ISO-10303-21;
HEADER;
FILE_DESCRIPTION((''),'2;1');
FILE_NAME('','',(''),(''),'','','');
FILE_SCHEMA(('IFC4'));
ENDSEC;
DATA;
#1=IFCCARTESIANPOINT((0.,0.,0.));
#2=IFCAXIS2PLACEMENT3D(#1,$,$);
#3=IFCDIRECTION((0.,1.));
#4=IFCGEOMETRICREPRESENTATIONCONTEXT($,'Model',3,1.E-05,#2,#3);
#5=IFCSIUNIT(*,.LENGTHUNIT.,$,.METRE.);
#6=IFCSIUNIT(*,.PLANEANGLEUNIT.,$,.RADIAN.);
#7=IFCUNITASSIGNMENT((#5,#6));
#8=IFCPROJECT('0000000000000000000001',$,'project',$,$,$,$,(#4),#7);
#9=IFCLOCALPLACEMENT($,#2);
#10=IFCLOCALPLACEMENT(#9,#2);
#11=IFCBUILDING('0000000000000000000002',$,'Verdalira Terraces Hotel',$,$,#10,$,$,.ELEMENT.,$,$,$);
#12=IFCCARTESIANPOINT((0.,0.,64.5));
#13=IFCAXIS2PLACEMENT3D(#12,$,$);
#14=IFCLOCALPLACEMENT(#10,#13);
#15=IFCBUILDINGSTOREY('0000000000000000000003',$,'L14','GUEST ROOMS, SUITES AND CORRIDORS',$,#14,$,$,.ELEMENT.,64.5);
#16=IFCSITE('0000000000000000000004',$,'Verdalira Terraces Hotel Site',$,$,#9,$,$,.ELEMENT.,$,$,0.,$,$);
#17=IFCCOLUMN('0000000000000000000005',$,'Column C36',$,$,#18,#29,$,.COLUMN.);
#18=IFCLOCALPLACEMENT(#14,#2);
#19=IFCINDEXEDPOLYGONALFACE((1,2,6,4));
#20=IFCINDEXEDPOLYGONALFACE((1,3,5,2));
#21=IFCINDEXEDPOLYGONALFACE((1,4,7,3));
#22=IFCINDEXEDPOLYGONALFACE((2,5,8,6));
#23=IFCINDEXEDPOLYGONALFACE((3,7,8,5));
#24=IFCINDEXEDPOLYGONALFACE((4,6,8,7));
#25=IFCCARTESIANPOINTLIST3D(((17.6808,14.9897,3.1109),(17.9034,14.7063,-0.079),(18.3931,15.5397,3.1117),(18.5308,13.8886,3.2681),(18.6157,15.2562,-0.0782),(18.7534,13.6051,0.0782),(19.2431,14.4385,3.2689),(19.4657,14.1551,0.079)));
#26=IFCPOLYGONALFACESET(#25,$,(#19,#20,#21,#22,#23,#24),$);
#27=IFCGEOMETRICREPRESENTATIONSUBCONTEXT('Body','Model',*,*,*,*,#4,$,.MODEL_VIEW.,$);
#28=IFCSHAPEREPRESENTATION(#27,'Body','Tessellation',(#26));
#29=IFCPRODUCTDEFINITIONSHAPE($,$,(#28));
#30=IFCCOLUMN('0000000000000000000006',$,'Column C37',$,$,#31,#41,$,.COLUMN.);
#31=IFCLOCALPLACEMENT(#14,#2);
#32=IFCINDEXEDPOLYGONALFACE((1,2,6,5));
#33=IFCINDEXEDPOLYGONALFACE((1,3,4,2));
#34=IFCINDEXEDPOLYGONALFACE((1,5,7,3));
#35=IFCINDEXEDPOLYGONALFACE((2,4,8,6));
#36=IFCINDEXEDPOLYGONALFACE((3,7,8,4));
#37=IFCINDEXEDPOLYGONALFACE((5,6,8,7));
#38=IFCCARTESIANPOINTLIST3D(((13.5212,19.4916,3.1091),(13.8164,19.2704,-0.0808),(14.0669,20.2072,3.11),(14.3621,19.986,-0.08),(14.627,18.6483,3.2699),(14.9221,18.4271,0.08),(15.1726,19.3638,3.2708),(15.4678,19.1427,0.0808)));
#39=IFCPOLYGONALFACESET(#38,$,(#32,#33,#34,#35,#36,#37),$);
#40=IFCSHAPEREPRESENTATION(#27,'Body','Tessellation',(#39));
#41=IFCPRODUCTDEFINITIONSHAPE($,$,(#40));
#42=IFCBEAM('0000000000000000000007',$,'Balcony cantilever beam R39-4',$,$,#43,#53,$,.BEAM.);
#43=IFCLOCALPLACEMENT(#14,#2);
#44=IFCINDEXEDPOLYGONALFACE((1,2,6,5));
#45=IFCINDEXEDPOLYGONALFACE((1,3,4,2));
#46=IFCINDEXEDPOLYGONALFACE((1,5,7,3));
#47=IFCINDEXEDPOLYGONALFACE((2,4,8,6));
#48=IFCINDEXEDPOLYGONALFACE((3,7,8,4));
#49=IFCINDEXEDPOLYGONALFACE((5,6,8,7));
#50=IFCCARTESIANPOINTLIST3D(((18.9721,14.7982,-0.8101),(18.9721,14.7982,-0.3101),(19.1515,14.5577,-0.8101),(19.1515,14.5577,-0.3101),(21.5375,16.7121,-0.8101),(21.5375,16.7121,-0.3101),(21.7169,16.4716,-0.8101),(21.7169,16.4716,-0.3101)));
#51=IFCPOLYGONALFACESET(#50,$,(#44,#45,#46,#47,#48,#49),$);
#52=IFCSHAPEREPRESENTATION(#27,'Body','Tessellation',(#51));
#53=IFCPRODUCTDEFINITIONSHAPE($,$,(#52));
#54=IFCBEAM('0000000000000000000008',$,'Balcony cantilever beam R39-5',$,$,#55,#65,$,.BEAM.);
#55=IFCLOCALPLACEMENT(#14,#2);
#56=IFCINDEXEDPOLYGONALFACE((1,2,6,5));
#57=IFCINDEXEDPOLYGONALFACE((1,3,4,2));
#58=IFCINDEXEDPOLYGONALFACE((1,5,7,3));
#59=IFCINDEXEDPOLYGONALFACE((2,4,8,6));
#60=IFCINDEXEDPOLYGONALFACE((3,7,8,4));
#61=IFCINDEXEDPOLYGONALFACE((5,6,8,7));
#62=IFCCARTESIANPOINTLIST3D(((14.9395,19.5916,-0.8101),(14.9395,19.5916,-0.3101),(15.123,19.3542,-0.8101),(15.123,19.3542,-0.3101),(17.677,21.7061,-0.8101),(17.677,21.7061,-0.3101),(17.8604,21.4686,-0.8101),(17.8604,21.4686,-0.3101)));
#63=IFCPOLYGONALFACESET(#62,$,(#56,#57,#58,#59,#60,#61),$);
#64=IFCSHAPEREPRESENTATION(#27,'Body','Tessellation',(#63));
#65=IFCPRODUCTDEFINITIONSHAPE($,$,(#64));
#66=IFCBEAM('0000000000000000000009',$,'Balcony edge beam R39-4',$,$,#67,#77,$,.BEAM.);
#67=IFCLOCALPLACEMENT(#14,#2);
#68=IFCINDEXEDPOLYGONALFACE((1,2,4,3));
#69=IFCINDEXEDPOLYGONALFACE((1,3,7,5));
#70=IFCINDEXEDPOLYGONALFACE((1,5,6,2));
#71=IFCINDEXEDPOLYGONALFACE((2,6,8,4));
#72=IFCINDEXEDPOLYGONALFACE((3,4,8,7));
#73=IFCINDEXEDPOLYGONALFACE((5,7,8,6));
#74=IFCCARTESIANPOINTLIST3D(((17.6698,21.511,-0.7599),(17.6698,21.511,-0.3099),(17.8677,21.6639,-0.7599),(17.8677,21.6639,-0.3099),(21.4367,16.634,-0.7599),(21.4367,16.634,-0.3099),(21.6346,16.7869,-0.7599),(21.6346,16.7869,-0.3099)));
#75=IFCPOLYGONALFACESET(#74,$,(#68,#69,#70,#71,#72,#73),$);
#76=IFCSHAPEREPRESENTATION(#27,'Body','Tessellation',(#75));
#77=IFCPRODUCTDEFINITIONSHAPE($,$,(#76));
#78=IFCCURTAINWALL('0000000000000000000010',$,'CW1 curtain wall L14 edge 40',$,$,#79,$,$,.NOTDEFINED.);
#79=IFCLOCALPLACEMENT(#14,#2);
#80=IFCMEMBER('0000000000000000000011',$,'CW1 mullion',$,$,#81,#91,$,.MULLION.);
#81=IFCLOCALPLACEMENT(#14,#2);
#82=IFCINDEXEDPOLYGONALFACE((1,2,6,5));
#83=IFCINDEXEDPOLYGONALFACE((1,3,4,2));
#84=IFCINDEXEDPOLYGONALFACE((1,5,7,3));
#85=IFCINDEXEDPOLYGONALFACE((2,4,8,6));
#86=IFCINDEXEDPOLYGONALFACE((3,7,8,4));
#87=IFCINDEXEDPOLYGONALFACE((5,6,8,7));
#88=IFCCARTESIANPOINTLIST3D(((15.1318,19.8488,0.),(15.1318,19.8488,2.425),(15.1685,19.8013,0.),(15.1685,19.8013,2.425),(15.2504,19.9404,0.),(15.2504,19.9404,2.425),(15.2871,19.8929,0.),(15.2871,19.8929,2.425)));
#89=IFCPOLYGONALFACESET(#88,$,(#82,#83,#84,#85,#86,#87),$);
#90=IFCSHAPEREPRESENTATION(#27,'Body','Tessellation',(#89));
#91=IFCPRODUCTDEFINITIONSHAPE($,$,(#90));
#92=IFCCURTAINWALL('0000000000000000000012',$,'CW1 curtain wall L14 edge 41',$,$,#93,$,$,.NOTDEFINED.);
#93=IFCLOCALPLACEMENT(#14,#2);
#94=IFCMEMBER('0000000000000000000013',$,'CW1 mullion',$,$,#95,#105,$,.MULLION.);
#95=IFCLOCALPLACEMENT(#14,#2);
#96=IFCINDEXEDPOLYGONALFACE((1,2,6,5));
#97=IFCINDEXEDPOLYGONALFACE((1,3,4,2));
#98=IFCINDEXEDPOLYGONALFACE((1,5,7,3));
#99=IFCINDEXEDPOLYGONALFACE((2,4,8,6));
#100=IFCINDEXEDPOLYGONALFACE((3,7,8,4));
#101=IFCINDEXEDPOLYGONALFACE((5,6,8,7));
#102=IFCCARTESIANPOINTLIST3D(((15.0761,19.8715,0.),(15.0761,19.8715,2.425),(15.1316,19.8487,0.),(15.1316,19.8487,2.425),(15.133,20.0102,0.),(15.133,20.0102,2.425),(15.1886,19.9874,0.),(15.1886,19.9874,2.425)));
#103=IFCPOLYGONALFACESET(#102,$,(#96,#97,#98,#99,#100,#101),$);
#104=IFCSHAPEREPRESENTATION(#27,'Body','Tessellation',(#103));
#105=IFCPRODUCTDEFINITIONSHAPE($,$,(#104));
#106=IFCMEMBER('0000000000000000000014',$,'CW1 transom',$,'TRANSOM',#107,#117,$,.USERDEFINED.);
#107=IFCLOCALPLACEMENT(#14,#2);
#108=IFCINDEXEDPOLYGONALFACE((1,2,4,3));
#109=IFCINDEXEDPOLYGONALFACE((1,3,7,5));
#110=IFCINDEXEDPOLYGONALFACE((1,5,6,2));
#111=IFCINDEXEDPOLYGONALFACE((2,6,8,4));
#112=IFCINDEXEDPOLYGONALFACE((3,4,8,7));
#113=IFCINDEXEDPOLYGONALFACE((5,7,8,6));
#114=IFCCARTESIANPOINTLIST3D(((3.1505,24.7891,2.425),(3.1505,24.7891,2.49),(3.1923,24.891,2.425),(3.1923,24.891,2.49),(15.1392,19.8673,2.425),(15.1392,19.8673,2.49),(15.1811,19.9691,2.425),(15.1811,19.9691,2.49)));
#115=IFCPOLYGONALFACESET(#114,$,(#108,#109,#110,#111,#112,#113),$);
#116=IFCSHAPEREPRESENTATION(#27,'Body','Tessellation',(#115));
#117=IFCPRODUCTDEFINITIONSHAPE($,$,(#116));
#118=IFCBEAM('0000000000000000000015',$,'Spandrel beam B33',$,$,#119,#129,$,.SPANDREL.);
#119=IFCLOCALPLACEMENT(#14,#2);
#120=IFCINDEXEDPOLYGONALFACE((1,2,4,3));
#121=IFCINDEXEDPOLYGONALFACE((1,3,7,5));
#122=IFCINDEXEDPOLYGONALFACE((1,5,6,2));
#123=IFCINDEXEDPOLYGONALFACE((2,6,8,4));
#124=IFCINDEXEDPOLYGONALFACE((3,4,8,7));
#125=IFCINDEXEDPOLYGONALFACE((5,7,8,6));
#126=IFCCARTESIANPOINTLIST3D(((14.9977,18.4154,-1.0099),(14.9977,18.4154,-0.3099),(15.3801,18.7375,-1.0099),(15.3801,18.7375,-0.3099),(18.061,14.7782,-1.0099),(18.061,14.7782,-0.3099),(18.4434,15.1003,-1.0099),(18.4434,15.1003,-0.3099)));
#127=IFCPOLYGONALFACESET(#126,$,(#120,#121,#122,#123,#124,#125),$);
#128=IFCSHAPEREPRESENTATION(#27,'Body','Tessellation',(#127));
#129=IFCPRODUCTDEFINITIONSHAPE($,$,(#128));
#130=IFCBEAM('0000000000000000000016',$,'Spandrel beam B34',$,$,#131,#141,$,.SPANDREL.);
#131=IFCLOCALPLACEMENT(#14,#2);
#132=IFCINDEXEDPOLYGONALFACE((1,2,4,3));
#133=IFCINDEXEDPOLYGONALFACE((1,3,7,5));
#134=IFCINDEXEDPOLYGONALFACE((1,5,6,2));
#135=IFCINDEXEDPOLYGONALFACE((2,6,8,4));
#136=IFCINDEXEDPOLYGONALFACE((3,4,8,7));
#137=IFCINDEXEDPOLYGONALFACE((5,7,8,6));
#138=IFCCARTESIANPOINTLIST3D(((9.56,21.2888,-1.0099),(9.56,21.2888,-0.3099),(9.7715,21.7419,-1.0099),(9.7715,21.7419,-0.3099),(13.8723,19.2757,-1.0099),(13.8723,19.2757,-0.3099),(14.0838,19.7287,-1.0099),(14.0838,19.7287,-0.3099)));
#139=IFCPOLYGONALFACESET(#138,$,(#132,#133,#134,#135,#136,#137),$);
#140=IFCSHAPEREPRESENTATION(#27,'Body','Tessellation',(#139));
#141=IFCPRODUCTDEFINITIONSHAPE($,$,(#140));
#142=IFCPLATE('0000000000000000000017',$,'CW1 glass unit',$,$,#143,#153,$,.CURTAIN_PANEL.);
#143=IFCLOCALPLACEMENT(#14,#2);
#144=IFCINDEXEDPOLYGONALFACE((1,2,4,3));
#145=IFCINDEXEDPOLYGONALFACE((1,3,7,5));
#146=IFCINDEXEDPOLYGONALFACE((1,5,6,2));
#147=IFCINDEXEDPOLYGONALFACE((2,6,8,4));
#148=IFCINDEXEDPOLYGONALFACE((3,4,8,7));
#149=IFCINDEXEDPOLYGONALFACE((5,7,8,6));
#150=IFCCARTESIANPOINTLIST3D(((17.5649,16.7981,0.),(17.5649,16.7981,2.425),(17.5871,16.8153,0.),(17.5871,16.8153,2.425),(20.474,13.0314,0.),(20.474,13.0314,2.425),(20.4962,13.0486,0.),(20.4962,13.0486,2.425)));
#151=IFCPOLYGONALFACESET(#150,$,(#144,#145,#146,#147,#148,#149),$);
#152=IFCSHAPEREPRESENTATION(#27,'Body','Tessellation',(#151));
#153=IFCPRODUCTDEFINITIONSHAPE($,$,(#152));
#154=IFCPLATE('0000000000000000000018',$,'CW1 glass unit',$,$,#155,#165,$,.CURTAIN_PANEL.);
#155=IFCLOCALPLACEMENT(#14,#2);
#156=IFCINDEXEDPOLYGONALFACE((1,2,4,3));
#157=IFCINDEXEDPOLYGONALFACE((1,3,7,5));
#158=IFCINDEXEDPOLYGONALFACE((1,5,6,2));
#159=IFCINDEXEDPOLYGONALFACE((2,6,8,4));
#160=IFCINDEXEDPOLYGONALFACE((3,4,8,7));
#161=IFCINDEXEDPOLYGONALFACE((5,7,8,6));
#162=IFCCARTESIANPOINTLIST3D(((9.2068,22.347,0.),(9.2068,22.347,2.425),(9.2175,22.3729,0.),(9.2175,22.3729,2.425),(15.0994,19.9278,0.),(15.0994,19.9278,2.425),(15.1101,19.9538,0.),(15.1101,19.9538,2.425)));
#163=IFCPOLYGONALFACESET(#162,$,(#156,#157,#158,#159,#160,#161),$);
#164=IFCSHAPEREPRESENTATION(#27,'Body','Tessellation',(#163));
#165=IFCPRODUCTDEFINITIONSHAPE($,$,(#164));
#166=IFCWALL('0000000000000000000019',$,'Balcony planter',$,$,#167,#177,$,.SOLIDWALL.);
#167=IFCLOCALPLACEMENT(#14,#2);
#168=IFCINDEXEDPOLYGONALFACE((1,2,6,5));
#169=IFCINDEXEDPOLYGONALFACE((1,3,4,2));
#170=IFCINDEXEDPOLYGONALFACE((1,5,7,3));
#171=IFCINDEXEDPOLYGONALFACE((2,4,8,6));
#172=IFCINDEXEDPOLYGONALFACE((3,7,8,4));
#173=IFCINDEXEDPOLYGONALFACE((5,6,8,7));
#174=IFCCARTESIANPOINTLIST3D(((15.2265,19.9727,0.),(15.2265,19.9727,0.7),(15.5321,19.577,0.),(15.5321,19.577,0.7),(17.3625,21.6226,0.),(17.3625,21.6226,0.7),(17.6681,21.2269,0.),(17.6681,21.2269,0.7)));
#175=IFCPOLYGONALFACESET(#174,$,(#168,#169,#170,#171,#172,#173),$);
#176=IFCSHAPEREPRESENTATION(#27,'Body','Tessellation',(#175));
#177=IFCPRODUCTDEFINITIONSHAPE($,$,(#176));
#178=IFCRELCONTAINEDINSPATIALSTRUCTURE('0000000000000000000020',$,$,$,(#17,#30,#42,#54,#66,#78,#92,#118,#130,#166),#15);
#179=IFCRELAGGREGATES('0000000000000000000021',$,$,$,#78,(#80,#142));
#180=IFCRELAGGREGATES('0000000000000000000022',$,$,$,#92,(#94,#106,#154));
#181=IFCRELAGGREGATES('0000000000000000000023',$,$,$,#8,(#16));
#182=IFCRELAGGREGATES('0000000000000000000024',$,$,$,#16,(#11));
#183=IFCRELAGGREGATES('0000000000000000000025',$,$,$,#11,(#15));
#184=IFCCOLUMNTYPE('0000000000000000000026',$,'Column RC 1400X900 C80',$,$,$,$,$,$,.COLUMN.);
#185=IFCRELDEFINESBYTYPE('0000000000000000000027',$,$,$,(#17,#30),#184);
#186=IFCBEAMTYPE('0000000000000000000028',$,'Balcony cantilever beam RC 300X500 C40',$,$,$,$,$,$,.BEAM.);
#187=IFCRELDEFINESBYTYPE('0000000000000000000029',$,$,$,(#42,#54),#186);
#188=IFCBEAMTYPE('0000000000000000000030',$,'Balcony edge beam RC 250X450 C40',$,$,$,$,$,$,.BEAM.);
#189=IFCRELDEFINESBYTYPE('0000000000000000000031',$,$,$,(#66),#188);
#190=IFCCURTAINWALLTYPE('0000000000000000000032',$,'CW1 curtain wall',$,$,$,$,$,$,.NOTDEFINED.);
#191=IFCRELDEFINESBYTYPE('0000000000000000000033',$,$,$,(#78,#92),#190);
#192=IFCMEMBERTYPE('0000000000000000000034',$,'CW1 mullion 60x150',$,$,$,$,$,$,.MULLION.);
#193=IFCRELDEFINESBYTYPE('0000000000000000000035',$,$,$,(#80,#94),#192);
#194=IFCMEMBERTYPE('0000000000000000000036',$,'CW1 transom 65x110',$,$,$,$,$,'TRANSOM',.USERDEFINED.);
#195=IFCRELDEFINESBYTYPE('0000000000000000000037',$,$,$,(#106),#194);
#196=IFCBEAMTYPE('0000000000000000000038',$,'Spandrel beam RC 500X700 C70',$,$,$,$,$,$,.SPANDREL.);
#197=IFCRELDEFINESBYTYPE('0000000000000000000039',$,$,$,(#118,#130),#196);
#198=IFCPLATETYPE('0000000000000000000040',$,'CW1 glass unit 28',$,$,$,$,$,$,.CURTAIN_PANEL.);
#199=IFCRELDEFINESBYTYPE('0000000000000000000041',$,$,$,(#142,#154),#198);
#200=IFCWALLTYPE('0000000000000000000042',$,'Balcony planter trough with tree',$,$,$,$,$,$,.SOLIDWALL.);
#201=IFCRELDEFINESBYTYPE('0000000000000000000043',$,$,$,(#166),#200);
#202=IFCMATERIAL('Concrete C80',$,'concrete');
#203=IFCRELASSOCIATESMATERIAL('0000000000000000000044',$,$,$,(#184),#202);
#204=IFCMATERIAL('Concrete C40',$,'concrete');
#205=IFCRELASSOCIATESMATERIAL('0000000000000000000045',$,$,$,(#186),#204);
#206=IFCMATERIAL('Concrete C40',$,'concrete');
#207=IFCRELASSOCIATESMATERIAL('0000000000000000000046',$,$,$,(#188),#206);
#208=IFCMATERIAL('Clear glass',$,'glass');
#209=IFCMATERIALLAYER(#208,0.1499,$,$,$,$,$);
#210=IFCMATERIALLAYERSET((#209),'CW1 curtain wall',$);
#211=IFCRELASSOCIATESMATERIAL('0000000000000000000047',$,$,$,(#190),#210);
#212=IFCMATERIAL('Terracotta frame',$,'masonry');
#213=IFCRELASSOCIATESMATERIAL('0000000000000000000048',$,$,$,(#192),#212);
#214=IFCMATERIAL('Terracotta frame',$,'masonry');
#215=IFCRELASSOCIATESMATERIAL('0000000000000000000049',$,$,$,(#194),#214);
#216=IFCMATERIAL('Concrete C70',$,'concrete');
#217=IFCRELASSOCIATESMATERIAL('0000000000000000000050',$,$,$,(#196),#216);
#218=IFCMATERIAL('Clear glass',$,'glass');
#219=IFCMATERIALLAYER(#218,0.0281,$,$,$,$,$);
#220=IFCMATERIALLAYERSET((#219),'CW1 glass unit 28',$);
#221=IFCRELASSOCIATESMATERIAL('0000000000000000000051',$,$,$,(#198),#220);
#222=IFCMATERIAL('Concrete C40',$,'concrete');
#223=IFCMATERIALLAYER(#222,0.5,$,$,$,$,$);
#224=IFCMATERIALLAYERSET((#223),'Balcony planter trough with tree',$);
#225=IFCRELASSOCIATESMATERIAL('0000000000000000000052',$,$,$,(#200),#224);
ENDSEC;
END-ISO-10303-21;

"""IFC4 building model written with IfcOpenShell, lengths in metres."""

from ifc_helpers import new_model, si_unit, direction, frame, frame_2d, origin, origin_2d, place, context, subcontext, project, spatial, rectangle, extrude, material, layer, layer_set, material_profile, profile_set, type_object, element, aggregate, save


model = new_model("IFC4")

# Units and contexts
model_context = context("Model", 3, precision=1e-05, world=origin(), true_north=direction((0.0, 1.0)))
body_context = subcontext(model_context, "Body", "Model", "MODEL_VIEW")
ifc_project = project(units=[si_unit("LENGTHUNIT", "METRE"), si_unit("PLANEANGLEUNIT", "RADIAN")], contexts=[model_context])

# Site, building, storey
site_placement = place(None, origin())
site = spatial("IfcSite", under=ifc_project, at=site_placement, Name="Verdalira Terraces Hotel Site", CompositionType="ELEMENT", RefElevation=0.0)
building_placement = place(site_placement, origin())
building = spatial("IfcBuilding", under=site, at=building_placement, Name="Verdalira Terraces Hotel", CompositionType="ELEMENT")
storey_placement = place(building_placement, frame((0.0, 0.0, 64.5)))
storey = spatial("IfcBuildingStorey", under=building, at=storey_placement, Name="L14", Description="GUEST ROOMS, SUITES AND CORRIDORS", CompositionType="ELEMENT", Elevation=64.5)

# Columns
ifc_material_1 = material(Name="Concrete C80", Category="concrete")
ifc_material_profile_1 = material_profile(ifc_material_1, rectangle(XDim=1.3999, YDim=0.8999, at=origin_2d()), Name="RC 1400X900")
ifc_profile_set_1 = profile_set([ifc_material_profile_1], Name="Concrete C80")
column_type = type_object("IfcColumnType", Name="Column RC 1400X900 C80", PredefinedType="COLUMN", material=ifc_profile_set_1)
column_1_placement = place(storey_placement, frame((18.6846, 14.4307, 0.0), z_axis=(-0.069358, 0.088295, 0.993677), x_axis=(-0.607173, 0.786597, -0.112275)))
element("IfcColumn", 1, at=column_1_placement, inside=storey, type_object=column_type, Name="Column C36", PredefinedType="COLUMN", context=body_context, shape_type="SweptSolid", body=[
    extrude(rectangle(XDim=1.3999, YDim=0.8999, at=origin_2d()), origin(), (0.0, 0.0, 1.0), 3.2102),
])
column_2_placement = place(storey_placement, frame((14.6421, 19.2065, 0.0), z_axis=(-0.091918, 0.068881, 0.993381), x_axis=(0.789856, -0.602441, 0.114859)))
element("IfcColumn", 2, at=column_2_placement, inside=storey, type_object=column_type, Name="Column C37", PredefinedType="COLUMN", context=body_context, shape_type="SweptSolid", body=[
    extrude(rectangle(XDim=1.3999, YDim=0.8999, at=origin_2d()), origin(), (0.0, 0.0, 1.0), 3.2112),
])

# Beams
ifc_material_2 = material(Name="Concrete C40", Category="concrete")
ifc_material_profile_2 = material_profile(ifc_material_2, rectangle(XDim=0.3, YDim=0.5, at=origin_2d()), Name="RC 300X500")
ifc_profile_set_2 = profile_set([ifc_material_profile_2], Name="Concrete C40")
beam_type_1 = type_object("IfcBeamType", Name="Balcony cantilever beam RC 300X500 C40", PredefinedType="BEAM", material=ifc_profile_set_2)
beam_1_placement = place(storey_placement, frame((19.0618, 14.678, -0.5601), z_axis=(0.801535, 0.597948, 0.0), x_axis=(-0.597948, 0.801535, 0.0)))
element("IfcBeam", 3, at=beam_1_placement, inside=storey, type_object=beam_type_1, Name="Balcony cantilever beam R39-4", PredefinedType="BEAM", context=body_context, shape_type="SweptSolid", body=[
    extrude(rectangle(XDim=0.3, YDim=0.5, at=origin_2d()), origin(), (0.0, 0.0, 1.0), 3.2007),
])
beam_2_placement = place(storey_placement, frame((15.0312, 19.4729, -0.5601), z_axis=(0.791408, 0.611289, 0.0), x_axis=(-0.611289, 0.791408, 0.0)))
element("IfcBeam", 4, at=beam_2_placement, inside=storey, type_object=beam_type_1, Name="Balcony cantilever beam R39-5", PredefinedType="BEAM", context=body_context, shape_type="SweptSolid", body=[
    extrude(rectangle(XDim=0.3, YDim=0.5, at=origin_2d()), origin(), (0.0, 0.0, 1.0), 3.459),
])
ifc_material_3 = material(Name="Concrete C40", Category="concrete")
ifc_material_profile_3 = material_profile(ifc_material_3, rectangle(XDim=0.25, YDim=0.45, at=origin_2d()), Name="RC 250X450")
ifc_profile_set_3 = profile_set([ifc_material_profile_3], Name="Concrete C40")
beam_type_2 = type_object("IfcBeamType", Name="Balcony edge beam RC 250X450 C40", PredefinedType="BEAM", material=ifc_profile_set_3)
beam_3_placement = place(storey_placement, frame((21.5356, 16.7104, -0.5349), z_axis=(-0.611274, 0.791419, 0.0), x_axis=(-0.791419, -0.611274, 0.0)))
element("IfcBeam", 5, at=beam_3_placement, inside=storey, type_object=beam_type_2, Name="Balcony edge beam R39-4", PredefinedType="BEAM", context=body_context, shape_type="SweptSolid", body=[
    extrude(rectangle(XDim=0.25, YDim=0.45, at=origin_2d()), origin(), (0.0, 0.0, 1.0), 6.1624),
])

# Curtain wall, member
ifc_material_4 = material(Name="Clear glass", Category="glass")
ifc_layer_1 = layer(ifc_material_4, 0.1499)
ifc_layer_set_1 = layer_set([ifc_layer_1], Name="CW1 curtain wall")
curtain_wall_type = type_object("IfcCurtainWallType", Name="CW1 curtain wall", PredefinedType="NOTDEFINED", material=ifc_layer_set_1)
curtain_wall_1_placement = place(storey_placement, origin())
curtain_wall_1 = element("IfcCurtainWall", 6, at=curtain_wall_1_placement, inside=storey, type_object=curtain_wall_type, Name="CW1 curtain wall L14 edge 40", PredefinedType="NOTDEFINED")
ifc_material_5 = material(Name="Terracotta frame", Category="masonry")
ifc_material_profile_4 = material_profile(ifc_material_5, rectangle(XDim=0.0601, YDim=0.1499, at=origin_2d()), Name="MU 60x150")
ifc_profile_set_4 = profile_set([ifc_material_profile_4], Name="Terracotta frame")
member_type_1 = type_object("IfcMemberType", Name="CW1 mullion 60x150", PredefinedType="MULLION", material=ifc_profile_set_4)
member_1_placement = place(storey_placement, frame((15.2095, 19.8709, 0.0), z_axis=(0.0, 0.0, 1.0), x_axis=(-0.611251, 0.791437, 0.0)))
member_1 = element("IfcMember", 7, at=member_1_placement, type_object=member_type_1, Name="CW1 mullion", PredefinedType="MULLION", context=body_context, shape_type="SweptSolid", body=[
    extrude(rectangle(XDim=0.0601, YDim=0.1499, at=origin_2d()), origin(), (0.0, 0.0, 1.0), 2.425),
])

# Curtain wall, members
curtain_wall_2_placement = place(storey_placement, origin())
curtain_wall_2 = element("IfcCurtainWall", 8, at=curtain_wall_2_placement, inside=storey, type_object=curtain_wall_type, Name="CW1 curtain wall L14 edge 41", PredefinedType="NOTDEFINED")
member_2_placement = place(storey_placement, frame((15.1323, 19.9294, 0.0), z_axis=(0.0, 0.0, 1.0), x_axis=(-0.925077, 0.379779, 0.0)))
member_2 = element("IfcMember", 9, at=member_2_placement, type_object=member_type_1, Name="CW1 mullion", PredefinedType="MULLION", context=body_context, shape_type="SweptSolid", body=[
    extrude(rectangle(XDim=0.0601, YDim=0.1499, at=origin_2d()), origin(), (0.0, 0.0, 1.0), 2.425),
])
ifc_material_6 = material(Name="Terracotta frame", Category="masonry")
ifc_material_profile_5 = material_profile(ifc_material_6, rectangle(XDim=0.1101, YDim=0.0649, at=origin_2d()), Name="TR 65x110")
ifc_profile_set_5 = profile_set([ifc_material_profile_5], Name="Terracotta frame")
member_type_2 = type_object("IfcMemberType", Name="CW1 transom 65x110", ElementType="TRANSOM", PredefinedType="USERDEFINED", material=ifc_profile_set_5)
member_3_placement = place(storey_placement, frame((15.1602, 19.9182, 2.4575), z_axis=(-0.925076, 0.379781, 0.0), x_axis=(-0.379781, -0.925076, 0.0)))
member_3 = element("IfcMember", 10, at=member_3_placement, type_object=member_type_2, Name="CW1 transom", ObjectType="TRANSOM", PredefinedType="USERDEFINED", context=body_context, shape_type="SweptSolid", body=[
    extrude(rectangle(XDim=0.1101, YDim=0.0649, at=origin_2d()), origin(), (0.0, 0.0, 1.0), 12.9597),
])

# Beams
ifc_material_7 = material(Name="Concrete C70", Category="concrete")
ifc_material_profile_6 = material_profile(ifc_material_7, rectangle(XDim=0.5, YDim=0.7, at=origin_2d()), Name="RC 500X700")
ifc_profile_set_6 = profile_set([ifc_material_profile_6], Name="Concrete C70")
beam_type_3 = type_object("IfcBeamType", Name="Spandrel beam RC 500X700 C70", PredefinedType="SPANDREL", material=ifc_profile_set_6)
beam_4_placement = place(storey_placement, frame((18.2522, 14.9392, -0.6599), z_axis=(-0.644175, 0.764878, 0.0), x_axis=(-0.764878, -0.644175, 0.0)))
element("IfcBeam", 11, at=beam_4_placement, inside=storey, type_object=beam_type_3, Name="Spandrel beam B33", PredefinedType="SPANDREL", context=body_context, shape_type="SweptSolid", body=[
    extrude(rectangle(XDim=0.5, YDim=0.7, at=origin_2d()), origin(), (0.0, 0.0, 1.0), 4.7554),
])
beam_5_placement = place(storey_placement, frame((13.978, 19.5022, -0.6599), z_axis=(-0.906119, 0.423023, 0.0), x_axis=(-0.423023, -0.906119, 0.0)))
element("IfcBeam", 12, at=beam_5_placement, inside=storey, type_object=beam_type_3, Name="Spandrel beam B34", PredefinedType="SPANDREL", context=body_context, shape_type="SweptSolid", body=[
    extrude(rectangle(XDim=0.5, YDim=0.7, at=origin_2d()), origin(), (0.0, 0.0, 1.0), 4.759),
])

# Plates
ifc_material_8 = material(Name="Clear glass", Category="glass")
ifc_layer_2 = layer(ifc_material_8, 0.0281)
ifc_layer_set_2 = layer_set([ifc_layer_2], Name="CW1 glass unit 28")
plate_type = type_object("IfcPlateType", Name="CW1 glass unit 28", PredefinedType="CURTAIN_PANEL", material=ifc_layer_set_2)
plate_1_placement = place(storey_placement, frame((19.0305, 14.9233, 0.0), z_axis=(0.0, 0.0, 1.0), x_axis=(-0.611251, 0.791437, 0.0)))
plate_1 = element("IfcPlate", 13, at=plate_1_placement, type_object=plate_type, Name="CW1 glass unit", PredefinedType="CURTAIN_PANEL", context=body_context, shape_type="SweptSolid", body=[
    extrude(rectangle(XDim=4.7593, YDim=0.0281, at=origin_2d()), origin(), (0.0, 0.0, 1.0), 2.425),
])
aggregate(curtain_wall_1, [member_1, plate_1])
plate_2_placement = place(storey_placement, frame((12.1584, 21.1504, 0.0), z_axis=(0.0, 0.0, 1.0), x_axis=(-0.925077, 0.379779, 0.0)))
plate_2 = element("IfcPlate", 14, at=plate_2_placement, type_object=plate_type, Name="CW1 glass unit", PredefinedType="CURTAIN_PANEL", context=body_context, shape_type="SweptSolid", body=[
    extrude(rectangle(XDim=6.3699, YDim=0.0281, at=origin_2d()), origin(), (0.0, 0.0, 1.0), 2.425),
])
aggregate(curtain_wall_2, [member_2, member_3, plate_2])

# Wall
ifc_material_9 = material(Name="Concrete C40", Category="concrete")
ifc_layer_3 = layer(ifc_material_9, 0.5)
ifc_layer_set_3 = layer_set([ifc_layer_3], Name="Balcony planter trough with tree")
wall_type_1 = type_object("IfcWallType", Name="Balcony planter trough with tree", PredefinedType="SOLIDWALL", material=ifc_layer_set_3)
wall_1_placement = place(storey_placement, frame((17.5154, 21.4248, 0.0), z_axis=(0.0, 0.0, 1.0), x_axis=(-0.791398, -0.611301, 0.0)))
element("IfcWall", 15, at=wall_1_placement, inside=storey, type_object=wall_type_1, Name="Balcony planter", PredefinedType="SOLIDWALL", context=body_context, shape_type="SweptSolid", body=[
    extrude(rectangle(XDim=2.699, YDim=0.5, at=frame_2d((1.3496, 0.0))), origin(), (0.0, 0.0, 1.0), 0.7),
])

save(model, "model.ifc")
